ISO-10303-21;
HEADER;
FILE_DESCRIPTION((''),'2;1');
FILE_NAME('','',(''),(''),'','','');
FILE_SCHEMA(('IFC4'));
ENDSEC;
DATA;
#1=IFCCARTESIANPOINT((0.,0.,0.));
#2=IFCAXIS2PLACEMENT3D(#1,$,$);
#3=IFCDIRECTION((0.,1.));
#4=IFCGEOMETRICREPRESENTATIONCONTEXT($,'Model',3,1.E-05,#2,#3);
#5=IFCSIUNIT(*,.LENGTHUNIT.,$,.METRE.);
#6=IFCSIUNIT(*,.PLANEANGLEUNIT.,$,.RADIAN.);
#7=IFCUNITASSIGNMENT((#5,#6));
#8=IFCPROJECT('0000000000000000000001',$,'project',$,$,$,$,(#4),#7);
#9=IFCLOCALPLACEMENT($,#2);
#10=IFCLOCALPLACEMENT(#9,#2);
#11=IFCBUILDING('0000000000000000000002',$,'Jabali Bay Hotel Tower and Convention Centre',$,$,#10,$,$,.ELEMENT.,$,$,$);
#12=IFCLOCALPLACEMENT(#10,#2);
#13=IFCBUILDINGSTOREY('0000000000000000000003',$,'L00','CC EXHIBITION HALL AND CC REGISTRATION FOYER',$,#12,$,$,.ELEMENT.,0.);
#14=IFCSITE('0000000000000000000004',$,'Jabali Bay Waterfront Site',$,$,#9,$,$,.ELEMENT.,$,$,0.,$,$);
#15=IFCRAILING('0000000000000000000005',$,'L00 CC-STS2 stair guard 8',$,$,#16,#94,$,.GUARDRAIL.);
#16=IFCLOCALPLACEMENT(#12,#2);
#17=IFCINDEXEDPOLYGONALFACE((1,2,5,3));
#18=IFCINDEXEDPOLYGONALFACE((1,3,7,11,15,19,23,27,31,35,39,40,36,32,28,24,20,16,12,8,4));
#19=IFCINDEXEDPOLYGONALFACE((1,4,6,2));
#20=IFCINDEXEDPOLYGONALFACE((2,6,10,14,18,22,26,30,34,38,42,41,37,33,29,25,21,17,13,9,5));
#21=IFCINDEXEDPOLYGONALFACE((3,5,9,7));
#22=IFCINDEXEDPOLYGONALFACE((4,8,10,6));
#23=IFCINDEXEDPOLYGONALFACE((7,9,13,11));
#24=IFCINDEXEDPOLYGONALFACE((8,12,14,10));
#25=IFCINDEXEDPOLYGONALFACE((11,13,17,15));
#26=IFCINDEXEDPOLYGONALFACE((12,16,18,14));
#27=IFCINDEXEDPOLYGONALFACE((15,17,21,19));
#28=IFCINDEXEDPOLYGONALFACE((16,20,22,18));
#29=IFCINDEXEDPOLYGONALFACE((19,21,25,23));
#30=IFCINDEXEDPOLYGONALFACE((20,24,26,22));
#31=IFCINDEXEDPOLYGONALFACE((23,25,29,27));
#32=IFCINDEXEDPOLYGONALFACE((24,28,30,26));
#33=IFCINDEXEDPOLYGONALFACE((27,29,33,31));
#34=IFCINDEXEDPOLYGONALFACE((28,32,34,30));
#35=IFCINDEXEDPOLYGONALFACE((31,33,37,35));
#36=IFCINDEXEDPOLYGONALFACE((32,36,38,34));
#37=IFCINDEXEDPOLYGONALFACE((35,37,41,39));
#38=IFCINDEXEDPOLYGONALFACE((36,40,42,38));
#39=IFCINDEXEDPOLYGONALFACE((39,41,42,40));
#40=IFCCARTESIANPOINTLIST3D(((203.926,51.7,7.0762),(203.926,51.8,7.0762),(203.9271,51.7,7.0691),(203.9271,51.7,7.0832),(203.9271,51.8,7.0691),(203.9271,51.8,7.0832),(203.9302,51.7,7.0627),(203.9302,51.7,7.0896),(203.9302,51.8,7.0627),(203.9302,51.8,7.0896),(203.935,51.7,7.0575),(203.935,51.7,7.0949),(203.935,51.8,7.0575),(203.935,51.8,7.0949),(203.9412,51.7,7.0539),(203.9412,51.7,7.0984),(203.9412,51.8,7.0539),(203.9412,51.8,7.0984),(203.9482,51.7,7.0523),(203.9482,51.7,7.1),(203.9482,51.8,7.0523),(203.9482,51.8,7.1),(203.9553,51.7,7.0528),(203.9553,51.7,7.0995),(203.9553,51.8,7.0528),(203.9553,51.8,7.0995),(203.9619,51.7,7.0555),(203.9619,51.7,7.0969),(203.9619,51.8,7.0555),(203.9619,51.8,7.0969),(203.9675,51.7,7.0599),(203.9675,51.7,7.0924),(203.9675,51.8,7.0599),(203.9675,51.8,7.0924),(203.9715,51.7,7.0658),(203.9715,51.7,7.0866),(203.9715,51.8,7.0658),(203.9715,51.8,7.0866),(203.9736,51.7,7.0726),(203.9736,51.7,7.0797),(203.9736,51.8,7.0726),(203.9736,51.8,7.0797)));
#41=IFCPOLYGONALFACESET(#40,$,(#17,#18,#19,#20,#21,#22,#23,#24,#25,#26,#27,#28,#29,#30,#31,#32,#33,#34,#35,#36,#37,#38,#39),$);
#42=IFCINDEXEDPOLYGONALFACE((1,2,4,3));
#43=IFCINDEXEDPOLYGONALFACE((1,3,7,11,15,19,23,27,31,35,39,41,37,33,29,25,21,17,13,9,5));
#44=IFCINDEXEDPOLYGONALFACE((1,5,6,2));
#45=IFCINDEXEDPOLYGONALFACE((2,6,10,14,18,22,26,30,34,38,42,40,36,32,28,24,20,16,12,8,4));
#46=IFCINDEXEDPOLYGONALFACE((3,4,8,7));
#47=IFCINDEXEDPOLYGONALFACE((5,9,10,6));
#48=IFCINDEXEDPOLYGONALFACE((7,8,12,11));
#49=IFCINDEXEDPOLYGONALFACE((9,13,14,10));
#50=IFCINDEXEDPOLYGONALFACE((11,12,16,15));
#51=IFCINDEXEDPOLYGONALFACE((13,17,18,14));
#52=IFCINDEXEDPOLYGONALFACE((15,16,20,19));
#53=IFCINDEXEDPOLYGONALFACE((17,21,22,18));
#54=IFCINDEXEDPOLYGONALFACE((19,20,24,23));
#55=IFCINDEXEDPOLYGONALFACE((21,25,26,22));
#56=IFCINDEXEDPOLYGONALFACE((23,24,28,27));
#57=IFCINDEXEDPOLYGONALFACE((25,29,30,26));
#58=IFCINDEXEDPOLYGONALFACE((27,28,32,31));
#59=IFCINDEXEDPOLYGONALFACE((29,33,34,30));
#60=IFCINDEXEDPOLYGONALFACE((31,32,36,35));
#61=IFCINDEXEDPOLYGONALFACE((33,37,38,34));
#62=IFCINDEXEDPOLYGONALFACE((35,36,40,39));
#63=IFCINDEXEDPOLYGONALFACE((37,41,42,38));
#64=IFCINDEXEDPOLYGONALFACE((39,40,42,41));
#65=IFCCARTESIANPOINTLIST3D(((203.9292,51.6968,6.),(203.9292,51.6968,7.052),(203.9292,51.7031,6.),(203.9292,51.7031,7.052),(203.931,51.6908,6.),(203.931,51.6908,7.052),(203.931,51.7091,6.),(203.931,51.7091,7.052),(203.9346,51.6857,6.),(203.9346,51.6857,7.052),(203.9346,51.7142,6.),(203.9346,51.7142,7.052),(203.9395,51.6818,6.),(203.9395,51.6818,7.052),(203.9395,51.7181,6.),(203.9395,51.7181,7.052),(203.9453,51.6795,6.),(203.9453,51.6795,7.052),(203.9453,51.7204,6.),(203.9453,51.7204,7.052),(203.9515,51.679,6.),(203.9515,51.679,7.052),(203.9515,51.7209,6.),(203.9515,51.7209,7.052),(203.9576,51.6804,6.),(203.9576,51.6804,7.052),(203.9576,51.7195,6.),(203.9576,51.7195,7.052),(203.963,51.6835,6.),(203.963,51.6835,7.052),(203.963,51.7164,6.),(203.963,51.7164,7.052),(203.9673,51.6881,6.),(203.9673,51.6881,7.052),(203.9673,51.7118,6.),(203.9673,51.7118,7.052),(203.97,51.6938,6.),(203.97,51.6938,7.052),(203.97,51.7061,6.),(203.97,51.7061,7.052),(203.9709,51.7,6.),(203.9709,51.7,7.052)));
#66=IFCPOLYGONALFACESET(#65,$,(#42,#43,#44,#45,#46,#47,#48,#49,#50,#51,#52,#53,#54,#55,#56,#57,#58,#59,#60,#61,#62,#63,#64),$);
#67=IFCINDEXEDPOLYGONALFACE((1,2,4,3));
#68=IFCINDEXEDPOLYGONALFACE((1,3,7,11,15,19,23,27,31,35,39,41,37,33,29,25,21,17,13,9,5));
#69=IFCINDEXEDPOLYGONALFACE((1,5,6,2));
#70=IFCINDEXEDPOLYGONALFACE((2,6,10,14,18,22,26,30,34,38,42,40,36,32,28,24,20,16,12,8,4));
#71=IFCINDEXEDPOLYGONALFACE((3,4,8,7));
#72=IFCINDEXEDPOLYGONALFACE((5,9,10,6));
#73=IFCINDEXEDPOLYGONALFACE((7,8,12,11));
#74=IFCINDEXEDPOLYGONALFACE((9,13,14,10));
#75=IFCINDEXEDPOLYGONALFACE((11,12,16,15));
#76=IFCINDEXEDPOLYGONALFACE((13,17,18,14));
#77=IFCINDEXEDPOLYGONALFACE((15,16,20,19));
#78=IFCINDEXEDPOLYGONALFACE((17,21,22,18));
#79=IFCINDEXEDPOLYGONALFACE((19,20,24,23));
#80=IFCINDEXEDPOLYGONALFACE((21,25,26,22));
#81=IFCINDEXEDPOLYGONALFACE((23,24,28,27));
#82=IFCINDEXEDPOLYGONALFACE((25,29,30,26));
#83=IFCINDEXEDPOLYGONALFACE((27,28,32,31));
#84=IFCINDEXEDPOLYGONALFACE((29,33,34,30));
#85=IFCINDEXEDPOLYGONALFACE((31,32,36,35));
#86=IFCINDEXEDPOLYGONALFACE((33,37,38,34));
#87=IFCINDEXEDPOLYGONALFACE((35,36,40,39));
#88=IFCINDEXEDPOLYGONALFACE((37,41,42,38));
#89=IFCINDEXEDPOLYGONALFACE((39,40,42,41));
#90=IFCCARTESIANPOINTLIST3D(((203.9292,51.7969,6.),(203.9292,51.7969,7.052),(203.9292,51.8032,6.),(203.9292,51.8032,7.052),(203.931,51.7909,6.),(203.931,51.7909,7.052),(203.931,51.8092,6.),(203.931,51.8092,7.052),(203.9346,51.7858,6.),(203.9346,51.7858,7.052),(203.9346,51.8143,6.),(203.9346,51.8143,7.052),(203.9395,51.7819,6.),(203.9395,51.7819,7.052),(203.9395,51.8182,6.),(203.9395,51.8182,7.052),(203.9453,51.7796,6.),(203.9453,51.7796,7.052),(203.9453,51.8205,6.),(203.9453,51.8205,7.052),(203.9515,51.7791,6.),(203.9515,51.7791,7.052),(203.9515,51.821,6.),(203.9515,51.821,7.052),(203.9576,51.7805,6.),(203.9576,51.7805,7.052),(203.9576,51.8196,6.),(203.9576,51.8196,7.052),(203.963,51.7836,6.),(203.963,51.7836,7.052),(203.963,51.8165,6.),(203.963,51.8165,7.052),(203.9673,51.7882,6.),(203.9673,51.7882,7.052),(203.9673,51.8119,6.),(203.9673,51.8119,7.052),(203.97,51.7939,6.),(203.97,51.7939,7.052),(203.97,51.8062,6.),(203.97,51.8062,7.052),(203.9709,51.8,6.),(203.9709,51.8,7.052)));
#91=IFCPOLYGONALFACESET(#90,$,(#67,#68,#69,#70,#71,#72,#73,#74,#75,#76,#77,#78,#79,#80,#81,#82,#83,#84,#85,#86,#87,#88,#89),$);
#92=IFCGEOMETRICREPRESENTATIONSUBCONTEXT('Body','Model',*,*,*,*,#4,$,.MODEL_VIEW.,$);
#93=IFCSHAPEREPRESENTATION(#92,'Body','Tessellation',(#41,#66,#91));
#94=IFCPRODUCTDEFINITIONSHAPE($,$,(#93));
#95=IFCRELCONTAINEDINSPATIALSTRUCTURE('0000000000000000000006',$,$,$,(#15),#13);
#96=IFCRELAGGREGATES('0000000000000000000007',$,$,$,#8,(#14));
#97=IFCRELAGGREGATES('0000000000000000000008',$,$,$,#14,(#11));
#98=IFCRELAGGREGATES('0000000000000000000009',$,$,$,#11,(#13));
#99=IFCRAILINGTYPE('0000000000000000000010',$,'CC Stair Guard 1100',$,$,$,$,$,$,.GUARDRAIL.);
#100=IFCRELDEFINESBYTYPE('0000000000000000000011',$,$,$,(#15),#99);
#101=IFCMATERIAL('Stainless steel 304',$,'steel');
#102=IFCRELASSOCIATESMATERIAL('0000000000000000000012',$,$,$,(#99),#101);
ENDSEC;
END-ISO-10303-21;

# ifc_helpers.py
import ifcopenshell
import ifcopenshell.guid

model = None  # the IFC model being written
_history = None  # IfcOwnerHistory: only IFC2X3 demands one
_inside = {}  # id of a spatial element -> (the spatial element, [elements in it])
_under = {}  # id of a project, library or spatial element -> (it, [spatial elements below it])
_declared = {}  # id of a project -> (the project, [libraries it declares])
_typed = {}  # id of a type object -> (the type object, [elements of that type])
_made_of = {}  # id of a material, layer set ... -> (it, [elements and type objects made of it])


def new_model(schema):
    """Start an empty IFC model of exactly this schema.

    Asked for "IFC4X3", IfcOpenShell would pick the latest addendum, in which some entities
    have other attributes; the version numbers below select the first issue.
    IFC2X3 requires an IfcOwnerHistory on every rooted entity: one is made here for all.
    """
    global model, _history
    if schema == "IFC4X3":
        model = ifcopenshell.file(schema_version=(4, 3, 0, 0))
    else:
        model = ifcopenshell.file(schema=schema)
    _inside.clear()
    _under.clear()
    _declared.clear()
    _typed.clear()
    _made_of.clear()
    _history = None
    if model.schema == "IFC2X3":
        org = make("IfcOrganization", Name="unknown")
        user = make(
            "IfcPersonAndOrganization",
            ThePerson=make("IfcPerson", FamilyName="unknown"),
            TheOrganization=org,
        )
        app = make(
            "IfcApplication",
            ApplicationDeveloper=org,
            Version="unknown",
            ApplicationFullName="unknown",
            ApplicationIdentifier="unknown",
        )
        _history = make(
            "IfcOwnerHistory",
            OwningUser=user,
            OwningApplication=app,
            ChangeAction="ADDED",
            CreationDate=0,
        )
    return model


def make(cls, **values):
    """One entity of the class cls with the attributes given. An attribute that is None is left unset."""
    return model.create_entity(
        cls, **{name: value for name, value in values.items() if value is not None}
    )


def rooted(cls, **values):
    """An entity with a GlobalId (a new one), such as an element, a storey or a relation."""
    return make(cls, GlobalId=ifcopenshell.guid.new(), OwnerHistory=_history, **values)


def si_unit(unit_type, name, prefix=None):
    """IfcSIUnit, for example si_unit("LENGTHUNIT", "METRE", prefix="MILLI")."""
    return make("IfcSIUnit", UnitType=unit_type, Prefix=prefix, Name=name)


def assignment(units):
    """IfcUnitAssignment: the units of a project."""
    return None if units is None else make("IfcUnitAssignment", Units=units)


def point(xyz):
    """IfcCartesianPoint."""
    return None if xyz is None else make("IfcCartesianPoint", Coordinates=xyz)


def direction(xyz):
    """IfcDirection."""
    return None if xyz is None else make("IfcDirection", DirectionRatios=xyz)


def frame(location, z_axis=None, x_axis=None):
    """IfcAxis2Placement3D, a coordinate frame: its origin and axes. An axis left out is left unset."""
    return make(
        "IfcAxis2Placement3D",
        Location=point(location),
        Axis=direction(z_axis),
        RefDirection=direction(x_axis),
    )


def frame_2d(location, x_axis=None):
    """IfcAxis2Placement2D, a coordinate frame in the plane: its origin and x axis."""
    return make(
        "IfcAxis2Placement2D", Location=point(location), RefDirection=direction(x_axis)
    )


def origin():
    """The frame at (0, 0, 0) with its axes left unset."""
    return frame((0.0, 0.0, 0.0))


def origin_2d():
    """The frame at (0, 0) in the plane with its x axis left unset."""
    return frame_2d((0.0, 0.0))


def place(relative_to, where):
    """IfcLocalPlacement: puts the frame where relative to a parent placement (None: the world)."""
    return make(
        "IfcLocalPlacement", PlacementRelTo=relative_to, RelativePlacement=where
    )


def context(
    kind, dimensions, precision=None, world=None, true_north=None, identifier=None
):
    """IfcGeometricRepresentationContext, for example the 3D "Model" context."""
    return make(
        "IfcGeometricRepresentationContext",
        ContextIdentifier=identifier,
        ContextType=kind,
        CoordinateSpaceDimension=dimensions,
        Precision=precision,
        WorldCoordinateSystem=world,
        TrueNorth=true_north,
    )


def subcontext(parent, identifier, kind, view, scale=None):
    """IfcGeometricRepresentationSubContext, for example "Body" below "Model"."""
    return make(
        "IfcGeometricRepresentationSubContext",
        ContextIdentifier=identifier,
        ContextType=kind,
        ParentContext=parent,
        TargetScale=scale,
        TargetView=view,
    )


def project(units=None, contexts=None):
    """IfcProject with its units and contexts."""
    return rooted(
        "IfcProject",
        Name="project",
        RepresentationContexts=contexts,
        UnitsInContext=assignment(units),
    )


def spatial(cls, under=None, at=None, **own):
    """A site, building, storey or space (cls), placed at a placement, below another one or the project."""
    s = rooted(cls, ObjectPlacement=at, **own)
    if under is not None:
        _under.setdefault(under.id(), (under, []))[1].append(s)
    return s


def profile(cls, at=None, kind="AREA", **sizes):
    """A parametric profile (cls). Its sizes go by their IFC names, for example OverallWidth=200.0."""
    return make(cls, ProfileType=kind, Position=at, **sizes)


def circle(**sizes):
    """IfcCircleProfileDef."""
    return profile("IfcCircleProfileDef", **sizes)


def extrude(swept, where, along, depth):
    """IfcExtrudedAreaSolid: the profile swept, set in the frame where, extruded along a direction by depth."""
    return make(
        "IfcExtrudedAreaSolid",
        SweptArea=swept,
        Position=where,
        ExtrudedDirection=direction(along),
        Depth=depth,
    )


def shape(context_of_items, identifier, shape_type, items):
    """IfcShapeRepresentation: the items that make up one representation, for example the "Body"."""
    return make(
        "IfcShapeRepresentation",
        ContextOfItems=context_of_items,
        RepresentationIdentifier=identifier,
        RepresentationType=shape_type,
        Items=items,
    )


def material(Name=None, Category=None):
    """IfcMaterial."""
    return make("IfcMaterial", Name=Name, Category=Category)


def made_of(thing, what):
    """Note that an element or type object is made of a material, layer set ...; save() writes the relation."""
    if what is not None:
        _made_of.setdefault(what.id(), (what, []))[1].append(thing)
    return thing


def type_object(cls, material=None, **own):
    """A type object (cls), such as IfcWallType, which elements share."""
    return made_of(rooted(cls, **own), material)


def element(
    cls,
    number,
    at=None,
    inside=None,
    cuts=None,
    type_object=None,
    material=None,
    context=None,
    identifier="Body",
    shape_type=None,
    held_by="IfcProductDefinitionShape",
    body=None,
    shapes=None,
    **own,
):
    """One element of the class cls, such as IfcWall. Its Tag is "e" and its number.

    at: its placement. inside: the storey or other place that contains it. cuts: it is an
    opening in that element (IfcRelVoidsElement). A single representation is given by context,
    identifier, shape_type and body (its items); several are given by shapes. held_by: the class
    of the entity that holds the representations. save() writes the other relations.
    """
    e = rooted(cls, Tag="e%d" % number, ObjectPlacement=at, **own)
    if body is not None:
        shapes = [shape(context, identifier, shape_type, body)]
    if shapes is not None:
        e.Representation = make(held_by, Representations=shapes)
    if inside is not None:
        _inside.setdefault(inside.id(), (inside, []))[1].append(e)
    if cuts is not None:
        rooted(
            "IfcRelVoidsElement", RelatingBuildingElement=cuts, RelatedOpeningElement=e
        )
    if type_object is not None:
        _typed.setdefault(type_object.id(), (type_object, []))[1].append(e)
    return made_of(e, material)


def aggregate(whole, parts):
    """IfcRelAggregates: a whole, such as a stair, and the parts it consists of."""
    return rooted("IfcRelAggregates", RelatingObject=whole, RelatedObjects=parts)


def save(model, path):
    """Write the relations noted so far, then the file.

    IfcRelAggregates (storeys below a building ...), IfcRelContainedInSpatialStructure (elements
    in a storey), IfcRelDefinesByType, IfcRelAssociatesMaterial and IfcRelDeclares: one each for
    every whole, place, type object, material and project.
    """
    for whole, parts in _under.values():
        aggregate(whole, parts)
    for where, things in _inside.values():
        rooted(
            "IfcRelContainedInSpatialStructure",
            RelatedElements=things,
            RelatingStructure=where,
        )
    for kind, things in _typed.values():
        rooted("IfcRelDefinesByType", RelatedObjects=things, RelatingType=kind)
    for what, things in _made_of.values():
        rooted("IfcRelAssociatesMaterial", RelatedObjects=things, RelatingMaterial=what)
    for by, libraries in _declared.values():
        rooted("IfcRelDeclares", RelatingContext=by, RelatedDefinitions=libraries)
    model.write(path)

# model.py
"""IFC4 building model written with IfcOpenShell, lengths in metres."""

from ifc_helpers import new_model, si_unit, direction, frame, origin, origin_2d, place, context, subcontext, project, spatial, circle, extrude, material, type_object, element, save


model = new_model("IFC4")

# Units and contexts
model_context = context("Model", 3, precision=1e-05, world=origin(), true_north=direction((0.0, 1.0)))
body_context = subcontext(model_context, "Body", "Model", "MODEL_VIEW")
ifc_project = project(units=[si_unit("LENGTHUNIT", "METRE"), si_unit("PLANEANGLEUNIT", "RADIAN")], contexts=[model_context])

# Site, building, storey
site_placement = place(None, origin())
site = spatial("IfcSite", under=ifc_project, at=site_placement, Name="Jabali Bay Waterfront Site", CompositionType="ELEMENT", RefElevation=0.0)
building_placement = place(site_placement, origin())
building = spatial("IfcBuilding", under=site, at=building_placement, Name="Jabali Bay Hotel Tower and Convention Centre", CompositionType="ELEMENT")
storey_placement = place(building_placement, origin())
storey = spatial("IfcBuildingStorey", under=building, at=storey_placement, Name="L00", Description="CC EXHIBITION HALL AND CC REGISTRATION FOYER", CompositionType="ELEMENT", Elevation=0.0)

# Railing
ifc_material_1 = material(Name="Stainless steel 304", Category="steel")
railing_type_1 = type_object("IfcRailingType", Name="CC Stair Guard 1100", PredefinedType="GUARDRAIL", material=ifc_material_1)
railing_1_placement = place(storey_placement, frame((203.95, 51.7, 6.0)))
element("IfcRailing", 1, at=railing_1_placement, inside=storey, type_object=railing_type_1, Name="L00 CC-STS2 stair guard 8", PredefinedType="GUARDRAIL", context=body_context, shape_type="SweptSolid", body=[
    extrude(circle(Radius=0.0239, at=origin_2d()), frame((0.0, 0.0, 1.0762), z_axis=(0.0, 1.0, 0.0), x_axis=(-1.0, 0.0, 0.0)), (0.0, 0.0, 1.0), 0.1001),
    extrude(circle(Radius=0.021, at=origin_2d()), origin(), (0.0, 0.0, 1.0), 1.052),
    extrude(circle(Radius=0.021, at=origin_2d()), frame((0.0, 0.1001, 0.0)), (0.0, 0.0, 1.0), 1.052),
])

save(model, "model.ifc")
